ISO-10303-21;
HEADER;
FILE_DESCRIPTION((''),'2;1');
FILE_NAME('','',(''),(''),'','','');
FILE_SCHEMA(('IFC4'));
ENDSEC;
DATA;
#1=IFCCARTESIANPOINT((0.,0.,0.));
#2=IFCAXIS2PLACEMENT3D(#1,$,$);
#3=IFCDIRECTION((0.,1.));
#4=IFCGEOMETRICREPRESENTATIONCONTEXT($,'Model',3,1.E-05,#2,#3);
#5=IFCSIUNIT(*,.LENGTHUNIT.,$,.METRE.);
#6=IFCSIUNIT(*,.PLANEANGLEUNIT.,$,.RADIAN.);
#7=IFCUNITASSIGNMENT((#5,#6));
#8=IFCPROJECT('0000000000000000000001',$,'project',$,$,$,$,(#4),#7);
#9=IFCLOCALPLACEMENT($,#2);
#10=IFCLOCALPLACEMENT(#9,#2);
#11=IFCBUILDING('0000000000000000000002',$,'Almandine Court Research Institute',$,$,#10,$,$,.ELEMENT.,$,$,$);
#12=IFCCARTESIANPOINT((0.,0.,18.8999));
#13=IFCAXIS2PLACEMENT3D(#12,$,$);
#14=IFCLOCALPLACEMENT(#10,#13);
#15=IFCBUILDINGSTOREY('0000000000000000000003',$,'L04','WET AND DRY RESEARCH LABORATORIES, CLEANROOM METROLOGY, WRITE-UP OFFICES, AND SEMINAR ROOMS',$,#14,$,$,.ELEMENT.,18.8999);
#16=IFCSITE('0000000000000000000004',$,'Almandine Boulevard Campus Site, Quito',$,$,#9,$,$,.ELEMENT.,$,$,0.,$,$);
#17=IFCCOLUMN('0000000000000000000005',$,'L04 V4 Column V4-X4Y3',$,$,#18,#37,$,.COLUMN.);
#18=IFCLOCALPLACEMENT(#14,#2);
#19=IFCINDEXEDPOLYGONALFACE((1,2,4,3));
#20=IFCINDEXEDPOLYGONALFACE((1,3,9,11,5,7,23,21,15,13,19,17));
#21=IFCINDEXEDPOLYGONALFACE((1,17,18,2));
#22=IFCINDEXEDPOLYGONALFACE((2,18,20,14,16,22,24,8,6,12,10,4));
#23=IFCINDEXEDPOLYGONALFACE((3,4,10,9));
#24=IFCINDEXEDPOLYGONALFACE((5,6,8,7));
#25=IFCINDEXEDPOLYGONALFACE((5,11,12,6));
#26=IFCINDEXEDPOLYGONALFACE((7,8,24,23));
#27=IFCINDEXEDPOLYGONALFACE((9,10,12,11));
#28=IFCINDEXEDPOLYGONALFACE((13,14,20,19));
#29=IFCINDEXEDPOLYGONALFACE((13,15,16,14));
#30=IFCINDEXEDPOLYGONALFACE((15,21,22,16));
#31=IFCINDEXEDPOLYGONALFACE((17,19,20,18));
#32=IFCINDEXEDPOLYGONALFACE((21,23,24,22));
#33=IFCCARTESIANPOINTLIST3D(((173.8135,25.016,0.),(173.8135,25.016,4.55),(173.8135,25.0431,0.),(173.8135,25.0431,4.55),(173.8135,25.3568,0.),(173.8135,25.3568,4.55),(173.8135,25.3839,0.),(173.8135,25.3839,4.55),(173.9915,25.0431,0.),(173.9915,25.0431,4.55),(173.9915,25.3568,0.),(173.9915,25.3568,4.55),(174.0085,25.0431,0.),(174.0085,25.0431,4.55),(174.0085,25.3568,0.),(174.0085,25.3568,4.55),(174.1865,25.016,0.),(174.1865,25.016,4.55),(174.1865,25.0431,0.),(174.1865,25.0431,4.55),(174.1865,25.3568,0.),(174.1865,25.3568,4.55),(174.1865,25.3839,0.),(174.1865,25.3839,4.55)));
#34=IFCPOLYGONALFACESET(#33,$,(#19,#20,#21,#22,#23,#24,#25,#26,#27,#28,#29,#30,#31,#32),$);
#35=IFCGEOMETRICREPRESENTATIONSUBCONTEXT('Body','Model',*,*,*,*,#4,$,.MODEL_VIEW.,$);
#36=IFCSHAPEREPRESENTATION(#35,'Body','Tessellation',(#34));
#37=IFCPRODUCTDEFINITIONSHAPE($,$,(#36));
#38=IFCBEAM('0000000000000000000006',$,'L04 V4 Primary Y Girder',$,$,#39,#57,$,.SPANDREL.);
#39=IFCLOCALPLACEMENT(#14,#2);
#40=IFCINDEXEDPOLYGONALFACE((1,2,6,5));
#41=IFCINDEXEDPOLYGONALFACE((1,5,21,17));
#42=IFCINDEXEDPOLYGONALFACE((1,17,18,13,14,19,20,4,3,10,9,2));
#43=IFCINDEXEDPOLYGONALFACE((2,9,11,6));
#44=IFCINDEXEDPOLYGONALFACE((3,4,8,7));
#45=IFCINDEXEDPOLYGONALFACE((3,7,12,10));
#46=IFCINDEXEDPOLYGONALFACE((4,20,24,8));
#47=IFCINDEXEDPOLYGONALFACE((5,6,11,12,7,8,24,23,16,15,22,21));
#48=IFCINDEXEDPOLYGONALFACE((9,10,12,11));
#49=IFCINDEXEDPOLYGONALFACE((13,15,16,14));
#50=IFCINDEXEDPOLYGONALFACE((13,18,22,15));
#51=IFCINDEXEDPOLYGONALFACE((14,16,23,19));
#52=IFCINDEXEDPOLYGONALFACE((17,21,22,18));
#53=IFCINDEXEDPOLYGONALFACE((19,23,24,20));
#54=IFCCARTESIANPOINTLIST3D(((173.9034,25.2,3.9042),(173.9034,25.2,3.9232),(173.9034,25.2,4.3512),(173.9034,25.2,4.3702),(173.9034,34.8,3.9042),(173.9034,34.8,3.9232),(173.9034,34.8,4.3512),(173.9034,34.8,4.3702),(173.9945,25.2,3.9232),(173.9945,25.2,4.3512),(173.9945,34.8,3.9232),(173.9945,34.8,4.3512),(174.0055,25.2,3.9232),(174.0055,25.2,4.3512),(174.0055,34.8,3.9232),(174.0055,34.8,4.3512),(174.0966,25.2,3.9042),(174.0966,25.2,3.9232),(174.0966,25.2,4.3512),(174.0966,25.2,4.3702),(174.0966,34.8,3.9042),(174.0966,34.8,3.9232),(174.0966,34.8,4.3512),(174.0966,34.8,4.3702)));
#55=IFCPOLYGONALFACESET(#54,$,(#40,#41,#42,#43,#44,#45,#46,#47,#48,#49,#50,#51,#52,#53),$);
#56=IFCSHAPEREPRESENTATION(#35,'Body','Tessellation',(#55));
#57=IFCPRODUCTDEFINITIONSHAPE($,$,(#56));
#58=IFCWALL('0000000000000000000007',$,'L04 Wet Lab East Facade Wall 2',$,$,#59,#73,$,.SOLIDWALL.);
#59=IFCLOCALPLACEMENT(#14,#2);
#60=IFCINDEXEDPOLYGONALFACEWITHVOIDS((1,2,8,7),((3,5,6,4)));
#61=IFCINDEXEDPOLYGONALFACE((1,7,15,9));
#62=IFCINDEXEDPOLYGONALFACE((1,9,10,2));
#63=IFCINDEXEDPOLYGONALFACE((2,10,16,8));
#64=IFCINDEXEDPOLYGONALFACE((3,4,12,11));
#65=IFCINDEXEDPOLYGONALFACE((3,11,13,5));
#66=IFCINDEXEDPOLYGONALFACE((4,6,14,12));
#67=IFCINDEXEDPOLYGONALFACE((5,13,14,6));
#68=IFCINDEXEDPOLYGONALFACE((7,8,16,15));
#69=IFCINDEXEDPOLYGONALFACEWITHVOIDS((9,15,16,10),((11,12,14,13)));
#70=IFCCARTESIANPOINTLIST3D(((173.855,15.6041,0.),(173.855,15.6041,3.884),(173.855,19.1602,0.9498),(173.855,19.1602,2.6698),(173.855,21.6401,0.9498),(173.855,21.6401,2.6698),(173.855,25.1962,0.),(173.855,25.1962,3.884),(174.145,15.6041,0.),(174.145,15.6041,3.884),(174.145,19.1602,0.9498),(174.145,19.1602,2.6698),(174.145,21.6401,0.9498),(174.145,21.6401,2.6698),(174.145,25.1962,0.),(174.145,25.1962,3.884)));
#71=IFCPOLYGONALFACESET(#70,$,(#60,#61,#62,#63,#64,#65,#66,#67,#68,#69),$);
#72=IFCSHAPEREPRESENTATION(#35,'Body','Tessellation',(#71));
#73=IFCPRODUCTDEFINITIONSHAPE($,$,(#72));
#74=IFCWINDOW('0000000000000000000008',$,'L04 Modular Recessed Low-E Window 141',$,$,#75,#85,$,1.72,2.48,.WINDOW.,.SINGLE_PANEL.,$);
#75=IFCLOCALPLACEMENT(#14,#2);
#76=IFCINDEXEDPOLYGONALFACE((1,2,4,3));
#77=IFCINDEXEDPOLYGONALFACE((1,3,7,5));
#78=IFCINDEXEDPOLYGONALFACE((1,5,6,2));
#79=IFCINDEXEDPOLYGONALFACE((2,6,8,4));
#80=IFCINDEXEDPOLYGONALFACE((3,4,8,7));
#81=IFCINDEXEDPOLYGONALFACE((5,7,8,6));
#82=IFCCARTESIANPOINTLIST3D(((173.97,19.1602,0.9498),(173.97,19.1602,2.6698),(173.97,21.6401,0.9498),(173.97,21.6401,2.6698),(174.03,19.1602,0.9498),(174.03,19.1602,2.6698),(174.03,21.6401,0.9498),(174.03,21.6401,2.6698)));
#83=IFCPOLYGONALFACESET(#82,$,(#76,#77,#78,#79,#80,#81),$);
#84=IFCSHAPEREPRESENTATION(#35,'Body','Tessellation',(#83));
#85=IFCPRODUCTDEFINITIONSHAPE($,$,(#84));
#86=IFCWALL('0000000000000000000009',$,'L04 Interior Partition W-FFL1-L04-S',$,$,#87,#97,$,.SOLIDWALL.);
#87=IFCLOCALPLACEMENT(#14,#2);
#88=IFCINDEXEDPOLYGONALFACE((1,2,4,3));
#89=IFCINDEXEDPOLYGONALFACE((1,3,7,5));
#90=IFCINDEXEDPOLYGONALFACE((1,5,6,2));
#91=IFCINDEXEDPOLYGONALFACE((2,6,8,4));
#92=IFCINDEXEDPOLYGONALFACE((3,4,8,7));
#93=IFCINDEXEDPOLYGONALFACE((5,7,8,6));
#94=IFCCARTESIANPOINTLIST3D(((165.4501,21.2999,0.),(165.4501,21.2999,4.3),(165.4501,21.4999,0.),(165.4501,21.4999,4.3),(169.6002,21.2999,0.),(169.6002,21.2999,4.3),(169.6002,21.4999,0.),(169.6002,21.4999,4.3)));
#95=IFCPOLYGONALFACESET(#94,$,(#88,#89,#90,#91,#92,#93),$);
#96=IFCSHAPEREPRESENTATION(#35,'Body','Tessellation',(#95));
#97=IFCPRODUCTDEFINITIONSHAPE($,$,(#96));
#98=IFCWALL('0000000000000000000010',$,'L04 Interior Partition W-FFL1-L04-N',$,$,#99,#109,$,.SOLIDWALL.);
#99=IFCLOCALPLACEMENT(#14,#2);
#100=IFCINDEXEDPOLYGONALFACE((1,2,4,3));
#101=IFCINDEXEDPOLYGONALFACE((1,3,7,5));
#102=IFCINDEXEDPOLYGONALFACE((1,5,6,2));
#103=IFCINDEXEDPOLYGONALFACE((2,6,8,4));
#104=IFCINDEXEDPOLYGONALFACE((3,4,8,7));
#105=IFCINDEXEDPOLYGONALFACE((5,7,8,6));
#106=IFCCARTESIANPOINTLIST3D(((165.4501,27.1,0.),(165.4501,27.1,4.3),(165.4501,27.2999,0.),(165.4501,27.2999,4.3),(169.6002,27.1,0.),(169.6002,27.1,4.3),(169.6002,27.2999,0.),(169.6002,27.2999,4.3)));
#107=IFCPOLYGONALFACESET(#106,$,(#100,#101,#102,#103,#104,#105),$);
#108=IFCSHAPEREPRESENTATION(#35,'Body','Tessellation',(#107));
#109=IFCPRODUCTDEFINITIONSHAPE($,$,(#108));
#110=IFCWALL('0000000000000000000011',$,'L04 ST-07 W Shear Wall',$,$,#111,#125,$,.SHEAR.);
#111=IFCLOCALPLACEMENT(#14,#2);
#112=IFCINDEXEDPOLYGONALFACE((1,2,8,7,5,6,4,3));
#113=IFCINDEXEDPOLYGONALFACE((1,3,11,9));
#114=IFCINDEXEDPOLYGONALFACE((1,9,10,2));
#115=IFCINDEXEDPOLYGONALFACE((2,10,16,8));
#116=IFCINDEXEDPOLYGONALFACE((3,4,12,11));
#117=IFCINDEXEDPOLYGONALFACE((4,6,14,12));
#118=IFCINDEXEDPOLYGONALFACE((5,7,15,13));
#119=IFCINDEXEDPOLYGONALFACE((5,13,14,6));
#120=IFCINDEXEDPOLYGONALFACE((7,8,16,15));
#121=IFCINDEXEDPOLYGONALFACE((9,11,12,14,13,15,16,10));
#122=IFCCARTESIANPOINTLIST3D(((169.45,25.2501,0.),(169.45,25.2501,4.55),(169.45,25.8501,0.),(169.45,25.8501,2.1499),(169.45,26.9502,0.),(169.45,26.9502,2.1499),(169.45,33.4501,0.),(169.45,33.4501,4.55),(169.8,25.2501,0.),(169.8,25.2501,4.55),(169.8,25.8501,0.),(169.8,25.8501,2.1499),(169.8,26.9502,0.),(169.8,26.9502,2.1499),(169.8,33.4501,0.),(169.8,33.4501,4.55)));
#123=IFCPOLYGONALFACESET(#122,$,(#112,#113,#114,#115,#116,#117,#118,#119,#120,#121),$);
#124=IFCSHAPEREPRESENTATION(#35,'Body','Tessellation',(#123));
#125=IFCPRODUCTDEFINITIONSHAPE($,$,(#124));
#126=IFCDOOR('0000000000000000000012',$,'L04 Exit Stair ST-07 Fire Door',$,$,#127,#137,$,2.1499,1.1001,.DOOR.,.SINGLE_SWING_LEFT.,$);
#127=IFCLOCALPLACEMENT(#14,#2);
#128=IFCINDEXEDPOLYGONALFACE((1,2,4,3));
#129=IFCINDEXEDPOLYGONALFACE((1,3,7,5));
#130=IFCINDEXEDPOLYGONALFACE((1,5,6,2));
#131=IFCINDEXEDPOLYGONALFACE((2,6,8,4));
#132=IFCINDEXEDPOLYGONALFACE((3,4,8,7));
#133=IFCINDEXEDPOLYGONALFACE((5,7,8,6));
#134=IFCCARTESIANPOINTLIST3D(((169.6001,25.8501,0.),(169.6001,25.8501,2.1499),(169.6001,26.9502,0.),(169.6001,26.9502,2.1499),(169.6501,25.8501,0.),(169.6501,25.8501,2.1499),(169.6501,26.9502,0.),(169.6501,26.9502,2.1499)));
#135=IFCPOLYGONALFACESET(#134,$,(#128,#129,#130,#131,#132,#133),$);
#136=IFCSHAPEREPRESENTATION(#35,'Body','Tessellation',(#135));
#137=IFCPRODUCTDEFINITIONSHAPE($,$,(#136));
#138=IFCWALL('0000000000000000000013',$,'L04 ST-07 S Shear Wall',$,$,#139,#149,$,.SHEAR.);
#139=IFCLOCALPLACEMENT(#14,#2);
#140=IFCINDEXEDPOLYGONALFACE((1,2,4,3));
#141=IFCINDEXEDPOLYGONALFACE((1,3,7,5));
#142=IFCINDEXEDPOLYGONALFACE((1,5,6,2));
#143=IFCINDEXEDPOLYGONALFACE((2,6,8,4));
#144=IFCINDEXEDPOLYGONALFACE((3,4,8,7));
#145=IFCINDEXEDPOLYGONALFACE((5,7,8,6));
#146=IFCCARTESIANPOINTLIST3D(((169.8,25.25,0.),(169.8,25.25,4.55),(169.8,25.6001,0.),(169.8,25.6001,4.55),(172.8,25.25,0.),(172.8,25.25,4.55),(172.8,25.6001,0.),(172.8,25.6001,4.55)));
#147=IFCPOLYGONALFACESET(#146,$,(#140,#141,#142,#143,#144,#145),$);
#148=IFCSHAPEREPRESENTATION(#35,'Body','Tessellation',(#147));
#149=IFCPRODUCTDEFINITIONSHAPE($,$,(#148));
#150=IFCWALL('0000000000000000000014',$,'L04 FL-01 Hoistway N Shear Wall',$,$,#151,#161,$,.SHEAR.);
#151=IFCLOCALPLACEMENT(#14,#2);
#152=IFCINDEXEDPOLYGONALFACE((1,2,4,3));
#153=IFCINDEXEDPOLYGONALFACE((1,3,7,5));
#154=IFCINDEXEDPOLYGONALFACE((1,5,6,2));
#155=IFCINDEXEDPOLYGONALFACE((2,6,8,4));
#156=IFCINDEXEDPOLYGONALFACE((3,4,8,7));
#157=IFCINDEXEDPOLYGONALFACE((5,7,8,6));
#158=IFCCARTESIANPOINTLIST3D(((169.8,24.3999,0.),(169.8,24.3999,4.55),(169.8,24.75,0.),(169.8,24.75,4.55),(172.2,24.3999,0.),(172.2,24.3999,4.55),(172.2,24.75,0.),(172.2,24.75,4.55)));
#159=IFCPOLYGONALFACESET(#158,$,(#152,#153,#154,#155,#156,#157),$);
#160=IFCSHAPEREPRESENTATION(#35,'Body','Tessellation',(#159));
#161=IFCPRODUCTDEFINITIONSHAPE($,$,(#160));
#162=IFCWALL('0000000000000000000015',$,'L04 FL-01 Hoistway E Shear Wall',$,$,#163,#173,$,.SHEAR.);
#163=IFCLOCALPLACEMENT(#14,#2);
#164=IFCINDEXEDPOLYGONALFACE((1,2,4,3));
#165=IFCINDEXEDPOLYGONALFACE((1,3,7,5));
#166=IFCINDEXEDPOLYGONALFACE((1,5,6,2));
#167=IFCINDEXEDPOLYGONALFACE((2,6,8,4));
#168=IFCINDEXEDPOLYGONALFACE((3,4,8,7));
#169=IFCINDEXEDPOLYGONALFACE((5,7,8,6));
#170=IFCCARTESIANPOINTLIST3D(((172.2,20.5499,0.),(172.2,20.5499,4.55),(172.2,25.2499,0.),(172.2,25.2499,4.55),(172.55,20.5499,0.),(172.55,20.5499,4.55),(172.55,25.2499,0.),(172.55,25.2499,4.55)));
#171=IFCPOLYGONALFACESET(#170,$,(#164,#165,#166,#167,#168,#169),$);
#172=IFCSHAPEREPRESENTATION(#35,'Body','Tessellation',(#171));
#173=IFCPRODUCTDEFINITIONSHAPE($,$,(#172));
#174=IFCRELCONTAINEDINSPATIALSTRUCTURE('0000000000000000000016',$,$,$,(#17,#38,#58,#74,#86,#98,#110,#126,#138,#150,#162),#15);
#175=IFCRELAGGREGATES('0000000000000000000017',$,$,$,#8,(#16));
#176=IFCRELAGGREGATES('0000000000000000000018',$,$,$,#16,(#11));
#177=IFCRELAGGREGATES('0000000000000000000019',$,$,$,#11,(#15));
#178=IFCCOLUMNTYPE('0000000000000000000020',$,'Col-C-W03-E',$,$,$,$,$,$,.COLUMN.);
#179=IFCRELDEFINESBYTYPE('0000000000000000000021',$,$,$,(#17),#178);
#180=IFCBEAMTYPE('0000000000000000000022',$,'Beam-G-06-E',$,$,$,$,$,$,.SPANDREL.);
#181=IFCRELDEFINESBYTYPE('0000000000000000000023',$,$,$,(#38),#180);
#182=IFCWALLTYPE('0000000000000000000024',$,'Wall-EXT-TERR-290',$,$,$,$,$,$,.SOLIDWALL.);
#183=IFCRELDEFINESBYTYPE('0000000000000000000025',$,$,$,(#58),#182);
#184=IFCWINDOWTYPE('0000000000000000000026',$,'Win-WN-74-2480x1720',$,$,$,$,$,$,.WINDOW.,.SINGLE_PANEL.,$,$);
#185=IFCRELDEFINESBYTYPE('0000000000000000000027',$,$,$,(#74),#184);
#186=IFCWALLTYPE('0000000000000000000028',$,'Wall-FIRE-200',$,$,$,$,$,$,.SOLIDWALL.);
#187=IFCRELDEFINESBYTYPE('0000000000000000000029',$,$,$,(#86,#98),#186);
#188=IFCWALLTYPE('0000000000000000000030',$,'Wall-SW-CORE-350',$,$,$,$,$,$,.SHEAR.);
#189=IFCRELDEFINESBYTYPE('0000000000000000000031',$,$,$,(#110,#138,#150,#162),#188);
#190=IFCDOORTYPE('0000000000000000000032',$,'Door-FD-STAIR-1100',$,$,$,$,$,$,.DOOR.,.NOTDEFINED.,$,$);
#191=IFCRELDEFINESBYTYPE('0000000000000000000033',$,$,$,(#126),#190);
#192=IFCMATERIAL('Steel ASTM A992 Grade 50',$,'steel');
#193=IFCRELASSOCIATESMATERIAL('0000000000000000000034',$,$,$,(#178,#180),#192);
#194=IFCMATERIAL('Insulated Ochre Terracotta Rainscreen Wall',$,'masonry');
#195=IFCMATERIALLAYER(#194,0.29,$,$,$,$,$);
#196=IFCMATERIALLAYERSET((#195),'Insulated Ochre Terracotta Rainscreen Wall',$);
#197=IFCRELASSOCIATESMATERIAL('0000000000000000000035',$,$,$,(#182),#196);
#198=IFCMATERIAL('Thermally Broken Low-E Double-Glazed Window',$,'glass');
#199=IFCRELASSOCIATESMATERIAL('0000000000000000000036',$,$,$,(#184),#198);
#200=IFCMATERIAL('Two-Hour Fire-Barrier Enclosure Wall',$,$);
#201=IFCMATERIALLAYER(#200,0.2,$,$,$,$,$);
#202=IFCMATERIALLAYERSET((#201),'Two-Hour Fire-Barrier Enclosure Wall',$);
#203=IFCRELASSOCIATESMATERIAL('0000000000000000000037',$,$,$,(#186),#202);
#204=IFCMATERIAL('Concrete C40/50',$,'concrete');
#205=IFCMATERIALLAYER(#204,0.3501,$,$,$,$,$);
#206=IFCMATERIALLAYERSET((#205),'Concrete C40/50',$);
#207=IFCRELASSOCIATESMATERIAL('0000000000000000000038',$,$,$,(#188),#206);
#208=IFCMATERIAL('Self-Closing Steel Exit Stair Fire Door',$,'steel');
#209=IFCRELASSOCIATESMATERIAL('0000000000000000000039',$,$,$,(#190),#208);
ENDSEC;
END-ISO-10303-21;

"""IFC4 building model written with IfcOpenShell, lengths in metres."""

from ifc_helpers import new_model, si_unit, direction, frame, frame_2d, origin, origin_2d, place, context, subcontext, project, spatial, rectangle, i_section, extrude, material, layer, layer_set, material_profile, profile_set, type_object, element, fill, save


model = new_model("IFC4")

# Units and contexts
model_context = context("Model", 3, precision=1e-05, world=origin(), true_north=direction((0.0, 1.0)))
body_context = subcontext(model_context, "Body", "Model", "MODEL_VIEW")
ifc_project = project(units=[si_unit("LENGTHUNIT", "METRE"), si_unit("PLANEANGLEUNIT", "RADIAN")], contexts=[model_context])

# Site, building, storey
site_placement = place(None, origin())
site = spatial("IfcSite", under=ifc_project, at=site_placement, Name="Almandine Boulevard Campus Site, Quito", CompositionType="ELEMENT", RefElevation=0.0)
building_placement = place(site_placement, origin())
building = spatial("IfcBuilding", under=site, at=building_placement, Name="Almandine Court Research Institute", CompositionType="ELEMENT")
storey_placement = place(building_placement, frame((0.0, 0.0, 18.8999)))
storey = spatial("IfcBuildingStorey", under=building, at=storey_placement, Name="L04", Description="WET AND DRY RESEARCH LABORATORIES, CLEANROOM METROLOGY, WRITE-UP OFFICES, AND SEMINAR ROOMS", CompositionType="ELEMENT", Elevation=18.8999)

# Column
ifc_material_1 = material(Name="Steel ASTM A992 Grade 50", Category="steel")
ifc_material_profile_1 = material_profile(ifc_material_1, i_section(OverallWidth=0.373, OverallDepth=0.3679, WebThickness=0.0171, FlangeThickness=0.0271, at=origin_2d()), Name="W360x179")
ifc_profile_set_1 = profile_set([ifc_material_profile_1], Name="Steel ASTM A992 Grade 50")
column_type = type_object("IfcColumnType", Name="Col-C-W03-E", PredefinedType="COLUMN", material=ifc_profile_set_1)
column_placement = place(storey_placement, frame((174.0, 25.2, 0.0), z_axis=(0.0, 0.0, 1.0), x_axis=(1.0, 0.0, 0.0)))
element("IfcColumn", 1, at=column_placement, inside=storey, type_object=column_type, Name="L04 V4 Column V4-X4Y3", PredefinedType="COLUMN", context=body_context, shape_type="SweptSolid", body=[
    extrude(i_section(OverallWidth=0.373, OverallDepth=0.3679, WebThickness=0.0171, FlangeThickness=0.0271, at=origin_2d()), origin(), (0.0, 0.0, 1.0), 4.55),
])

# Beam
ifc_material_profile_2 = material_profile(ifc_material_1, i_section(OverallWidth=0.1931, OverallDepth=0.4661, WebThickness=0.011, FlangeThickness=0.019, at=origin_2d()), Name="W460x97")
ifc_profile_set_2 = profile_set([ifc_material_profile_2], Name="Steel ASTM A992 Grade 50")
beam_type = type_object("IfcBeamType", Name="Beam-G-06-E", PredefinedType="SPANDREL", material=ifc_profile_set_2)
beam_placement = place(storey_placement, frame((174.0, 25.2, 4.1372), z_axis=(0.0, 1.0, 0.0), x_axis=(-1.0, 0.0, 0.0)))
element("IfcBeam", 2, at=beam_placement, inside=storey, type_object=beam_type, Name="L04 V4 Primary Y Girder", PredefinedType="SPANDREL", context=body_context, shape_type="SweptSolid", body=[
    extrude(i_section(OverallWidth=0.1931, OverallDepth=0.4661, WebThickness=0.011, FlangeThickness=0.019, at=origin_2d()), origin(), (0.0, 0.0, 1.0), 9.6001),
])

# Wall, opening, window
ifc_material_2 = material(Name="Insulated Ochre Terracotta Rainscreen Wall", Category="masonry")
ifc_layer_1 = layer(ifc_material_2, 0.29)
ifc_layer_set_1 = layer_set([ifc_layer_1], Name="Insulated Ochre Terracotta Rainscreen Wall")
wall_type_1 = type_object("IfcWallType", Name="Wall-EXT-TERR-290", PredefinedType="SOLIDWALL", material=ifc_layer_set_1)
wall_1_placement = place(storey_placement, frame((174.0, 25.196, 0.0), z_axis=(0.0, 0.0, 1.0), x_axis=(0.0, -1.0, 0.0)))
wall_1 = element("IfcWall", 3, at=wall_1_placement, inside=storey, type_object=wall_type_1, Name="L04 Wet Lab East Facade Wall 2", PredefinedType="SOLIDWALL", context=body_context, shape_type="SweptSolid", body=[
    extrude(rectangle(XDim=9.592, YDim=0.29, at=frame_2d((4.7959, 0.0))), origin(), (0.0, 0.0, 1.0), 3.884),
])
opening_1_placement = place(wall_1_placement, frame((3.5559, 0.0, 0.95)))
opening_1 = element("IfcOpeningElement", 4, at=opening_1_placement, cuts=wall_1, PredefinedType="OPENING", context=body_context, shape_type="SweptSolid", body=[
    extrude(rectangle(XDim=2.48, YDim=1.72, at=frame_2d((1.24, 0.8599))), frame((0.0, 0.155, 0.0), z_axis=(0.0, -1.0, 0.0), x_axis=(1.0, 0.0, 0.0)), (0.0, 0.0, 1.0), 0.3101),
])
ifc_material_3 = material(Name="Thermally Broken Low-E Double-Glazed Window", Category="glass")
window_type = type_object("IfcWindowType", Name="Win-WN-74-2480x1720", PartitioningType="SINGLE_PANEL", PredefinedType="WINDOW", material=ifc_material_3)
window_placement = place(opening_1_placement, origin())
window = element("IfcWindow", 5, at=window_placement, inside=storey, type_object=window_type, Name="L04 Modular Recessed Low-E Window 141", OverallHeight=1.72, OverallWidth=2.48, PartitioningType="SINGLE_PANEL", PredefinedType="WINDOW", context=body_context, shape_type="SweptSolid", body=[
    extrude(rectangle(XDim=2.48, YDim=1.72, at=frame_2d((1.24, 0.8599))), frame((0.0, 0.03, 0.0), z_axis=(0.0, -1.0, 0.0), x_axis=(1.0, 0.0, 0.0)), (0.0, 0.0, 1.0), 0.0601),
])
fill(opening_1, window)

# Walls
ifc_material_4 = material(Name="Two-Hour Fire-Barrier Enclosure Wall")
ifc_layer_2 = layer(ifc_material_4, 0.2)
ifc_layer_set_2 = layer_set([ifc_layer_2], Name="Two-Hour Fire-Barrier Enclosure Wall")
wall_type_2 = type_object("IfcWallType", Name="Wall-FIRE-200", PredefinedType="SOLIDWALL", material=ifc_layer_set_2)
for number, where, z_axis, x_axis, name in (
    (6, (165.45, 21.3999, 0.0), (0.0, 0.0, 1.0), (1.0, 0.0, 0.0), "L04 Interior Partition W-FFL1-L04-S"),
    (7, (165.45, 27.2, 0.0), (0.0, 0.0, 1.0), (1.0, 0.0, 0.0), "L04 Interior Partition W-FFL1-L04-N"),
):
    element("IfcWall", number, at=place(storey_placement, frame(where, z_axis=z_axis, x_axis=x_axis)), inside=storey, type_object=wall_type_2, Name=name, PredefinedType="SOLIDWALL", context=body_context, shape_type="SweptSolid", body=[
        extrude(rectangle(XDim=4.1501, YDim=0.2, at=frame_2d((2.0752, 0.0))), origin(), (0.0, 0.0, 1.0), 4.3),
    ])

# Wall, opening, door
ifc_material_5 = material(Name="Concrete C40/50", Category="concrete")
ifc_layer_3 = layer(ifc_material_5, 0.3501)
ifc_layer_set_3 = layer_set([ifc_layer_3], Name="Concrete C40/50")
wall_type_3 = type_object("IfcWallType", Name="Wall-SW-CORE-350", PredefinedType="SHEAR", material=ifc_layer_set_3)
wall_2_placement = place(storey_placement, frame((169.625, 25.25, 0.0), z_axis=(0.0, 0.0, 1.0), x_axis=(0.0, 1.0, 0.0)))
wall_2 = element("IfcWall", 8, at=wall_2_placement, inside=storey, type_object=wall_type_3, Name="L04 ST-07 W Shear Wall", PredefinedType="SHEAR", context=body_context, shape_type="SweptSolid", body=[
    extrude(rectangle(XDim=8.2, YDim=0.3501, at=frame_2d((4.1001, 0.0))), origin(), (0.0, 0.0, 1.0), 4.55),
])
opening_2_placement = place(wall_2_placement, frame((0.6001, 0.0, 0.0)))
opening_2 = element("IfcOpeningElement", 9, at=opening_2_placement, cuts=wall_2, PredefinedType="OPENING", context=body_context, shape_type="SweptSolid", body=[
    extrude(rectangle(XDim=1.1001, YDim=2.1499, at=frame_2d((0.55, 1.075))), frame((0.0, 0.1851, 0.0), z_axis=(0.0, -1.0, 0.0), x_axis=(1.0, 0.0, 0.0)), (0.0, 0.0, 1.0), 0.3701),
])
ifc_material_6 = material(Name="Self-Closing Steel Exit Stair Fire Door", Category="steel")
door_type_1 = type_object("IfcDoorType", Name="Door-FD-STAIR-1100", OperationType="NOTDEFINED", PredefinedType="DOOR", material=ifc_material_6)
door_1_placement = place(opening_2_placement, origin())
door_1 = element("IfcDoor", 10, at=door_1_placement, inside=storey, type_object=door_type_1, Name="L04 Exit Stair ST-07 Fire Door", OperationType="SINGLE_SWING_LEFT", OverallHeight=2.1499, OverallWidth=1.1001, PredefinedType="DOOR", context=body_context, shape_type="SweptSolid", body=[
    extrude(rectangle(XDim=1.1001, YDim=2.1499, at=frame_2d((0.55, 1.075))), frame((0.0, 0.0249, 0.0), z_axis=(0.0, -1.0, 0.0), x_axis=(1.0, 0.0, 0.0)), (0.0, 0.0, 1.0), 0.05),
])
fill(opening_2, door_1)

# Wall
wall_3_placement = place(storey_placement, frame((172.8, 25.425, 0.0), z_axis=(0.0, 0.0, 1.0), x_axis=(-1.0, 0.0, 0.0)))
element("IfcWall", 11, at=wall_3_placement, inside=storey, type_object=wall_type_3, Name="L04 ST-07 S Shear Wall", PredefinedType="SHEAR", context=body_context, shape_type="SweptSolid", body=[
    extrude(rectangle(XDim=3.0, YDim=0.3501, at=frame_2d((1.5, 0.0))), origin(), (0.0, 0.0, 1.0), 4.55),
])

# Walls
wall_4_placement = place(storey_placement, frame((169.8, 24.575, 0.0), z_axis=(0.0, 0.0, 1.0), x_axis=(1.0, 0.0, 0.0)))
element("IfcWall", 12, at=wall_4_placement, inside=storey, type_object=wall_type_3, Name="L04 FL-01 Hoistway N Shear Wall", PredefinedType="SHEAR", context=body_context, shape_type="SweptSolid", body=[
    extrude(rectangle(XDim=2.3999, YDim=0.3501, at=frame_2d((1.2, 0.0))), origin(), (0.0, 0.0, 1.0), 4.55),
])
wall_5_placement = place(storey_placement, frame((172.375, 25.25, 0.0), z_axis=(0.0, 0.0, 1.0), x_axis=(0.0, -1.0, 0.0)))
element("IfcWall", 13, at=wall_5_placement, inside=storey, type_object=wall_type_3, Name="L04 FL-01 Hoistway E Shear Wall", PredefinedType="SHEAR", context=body_context, shape_type="SweptSolid", body=[
    extrude(rectangle(XDim=4.7, YDim=0.3501, at=frame_2d((2.3501, 0.0))), origin(), (0.0, 0.0, 1.0), 4.55),
])

save(model, "model.ifc")
